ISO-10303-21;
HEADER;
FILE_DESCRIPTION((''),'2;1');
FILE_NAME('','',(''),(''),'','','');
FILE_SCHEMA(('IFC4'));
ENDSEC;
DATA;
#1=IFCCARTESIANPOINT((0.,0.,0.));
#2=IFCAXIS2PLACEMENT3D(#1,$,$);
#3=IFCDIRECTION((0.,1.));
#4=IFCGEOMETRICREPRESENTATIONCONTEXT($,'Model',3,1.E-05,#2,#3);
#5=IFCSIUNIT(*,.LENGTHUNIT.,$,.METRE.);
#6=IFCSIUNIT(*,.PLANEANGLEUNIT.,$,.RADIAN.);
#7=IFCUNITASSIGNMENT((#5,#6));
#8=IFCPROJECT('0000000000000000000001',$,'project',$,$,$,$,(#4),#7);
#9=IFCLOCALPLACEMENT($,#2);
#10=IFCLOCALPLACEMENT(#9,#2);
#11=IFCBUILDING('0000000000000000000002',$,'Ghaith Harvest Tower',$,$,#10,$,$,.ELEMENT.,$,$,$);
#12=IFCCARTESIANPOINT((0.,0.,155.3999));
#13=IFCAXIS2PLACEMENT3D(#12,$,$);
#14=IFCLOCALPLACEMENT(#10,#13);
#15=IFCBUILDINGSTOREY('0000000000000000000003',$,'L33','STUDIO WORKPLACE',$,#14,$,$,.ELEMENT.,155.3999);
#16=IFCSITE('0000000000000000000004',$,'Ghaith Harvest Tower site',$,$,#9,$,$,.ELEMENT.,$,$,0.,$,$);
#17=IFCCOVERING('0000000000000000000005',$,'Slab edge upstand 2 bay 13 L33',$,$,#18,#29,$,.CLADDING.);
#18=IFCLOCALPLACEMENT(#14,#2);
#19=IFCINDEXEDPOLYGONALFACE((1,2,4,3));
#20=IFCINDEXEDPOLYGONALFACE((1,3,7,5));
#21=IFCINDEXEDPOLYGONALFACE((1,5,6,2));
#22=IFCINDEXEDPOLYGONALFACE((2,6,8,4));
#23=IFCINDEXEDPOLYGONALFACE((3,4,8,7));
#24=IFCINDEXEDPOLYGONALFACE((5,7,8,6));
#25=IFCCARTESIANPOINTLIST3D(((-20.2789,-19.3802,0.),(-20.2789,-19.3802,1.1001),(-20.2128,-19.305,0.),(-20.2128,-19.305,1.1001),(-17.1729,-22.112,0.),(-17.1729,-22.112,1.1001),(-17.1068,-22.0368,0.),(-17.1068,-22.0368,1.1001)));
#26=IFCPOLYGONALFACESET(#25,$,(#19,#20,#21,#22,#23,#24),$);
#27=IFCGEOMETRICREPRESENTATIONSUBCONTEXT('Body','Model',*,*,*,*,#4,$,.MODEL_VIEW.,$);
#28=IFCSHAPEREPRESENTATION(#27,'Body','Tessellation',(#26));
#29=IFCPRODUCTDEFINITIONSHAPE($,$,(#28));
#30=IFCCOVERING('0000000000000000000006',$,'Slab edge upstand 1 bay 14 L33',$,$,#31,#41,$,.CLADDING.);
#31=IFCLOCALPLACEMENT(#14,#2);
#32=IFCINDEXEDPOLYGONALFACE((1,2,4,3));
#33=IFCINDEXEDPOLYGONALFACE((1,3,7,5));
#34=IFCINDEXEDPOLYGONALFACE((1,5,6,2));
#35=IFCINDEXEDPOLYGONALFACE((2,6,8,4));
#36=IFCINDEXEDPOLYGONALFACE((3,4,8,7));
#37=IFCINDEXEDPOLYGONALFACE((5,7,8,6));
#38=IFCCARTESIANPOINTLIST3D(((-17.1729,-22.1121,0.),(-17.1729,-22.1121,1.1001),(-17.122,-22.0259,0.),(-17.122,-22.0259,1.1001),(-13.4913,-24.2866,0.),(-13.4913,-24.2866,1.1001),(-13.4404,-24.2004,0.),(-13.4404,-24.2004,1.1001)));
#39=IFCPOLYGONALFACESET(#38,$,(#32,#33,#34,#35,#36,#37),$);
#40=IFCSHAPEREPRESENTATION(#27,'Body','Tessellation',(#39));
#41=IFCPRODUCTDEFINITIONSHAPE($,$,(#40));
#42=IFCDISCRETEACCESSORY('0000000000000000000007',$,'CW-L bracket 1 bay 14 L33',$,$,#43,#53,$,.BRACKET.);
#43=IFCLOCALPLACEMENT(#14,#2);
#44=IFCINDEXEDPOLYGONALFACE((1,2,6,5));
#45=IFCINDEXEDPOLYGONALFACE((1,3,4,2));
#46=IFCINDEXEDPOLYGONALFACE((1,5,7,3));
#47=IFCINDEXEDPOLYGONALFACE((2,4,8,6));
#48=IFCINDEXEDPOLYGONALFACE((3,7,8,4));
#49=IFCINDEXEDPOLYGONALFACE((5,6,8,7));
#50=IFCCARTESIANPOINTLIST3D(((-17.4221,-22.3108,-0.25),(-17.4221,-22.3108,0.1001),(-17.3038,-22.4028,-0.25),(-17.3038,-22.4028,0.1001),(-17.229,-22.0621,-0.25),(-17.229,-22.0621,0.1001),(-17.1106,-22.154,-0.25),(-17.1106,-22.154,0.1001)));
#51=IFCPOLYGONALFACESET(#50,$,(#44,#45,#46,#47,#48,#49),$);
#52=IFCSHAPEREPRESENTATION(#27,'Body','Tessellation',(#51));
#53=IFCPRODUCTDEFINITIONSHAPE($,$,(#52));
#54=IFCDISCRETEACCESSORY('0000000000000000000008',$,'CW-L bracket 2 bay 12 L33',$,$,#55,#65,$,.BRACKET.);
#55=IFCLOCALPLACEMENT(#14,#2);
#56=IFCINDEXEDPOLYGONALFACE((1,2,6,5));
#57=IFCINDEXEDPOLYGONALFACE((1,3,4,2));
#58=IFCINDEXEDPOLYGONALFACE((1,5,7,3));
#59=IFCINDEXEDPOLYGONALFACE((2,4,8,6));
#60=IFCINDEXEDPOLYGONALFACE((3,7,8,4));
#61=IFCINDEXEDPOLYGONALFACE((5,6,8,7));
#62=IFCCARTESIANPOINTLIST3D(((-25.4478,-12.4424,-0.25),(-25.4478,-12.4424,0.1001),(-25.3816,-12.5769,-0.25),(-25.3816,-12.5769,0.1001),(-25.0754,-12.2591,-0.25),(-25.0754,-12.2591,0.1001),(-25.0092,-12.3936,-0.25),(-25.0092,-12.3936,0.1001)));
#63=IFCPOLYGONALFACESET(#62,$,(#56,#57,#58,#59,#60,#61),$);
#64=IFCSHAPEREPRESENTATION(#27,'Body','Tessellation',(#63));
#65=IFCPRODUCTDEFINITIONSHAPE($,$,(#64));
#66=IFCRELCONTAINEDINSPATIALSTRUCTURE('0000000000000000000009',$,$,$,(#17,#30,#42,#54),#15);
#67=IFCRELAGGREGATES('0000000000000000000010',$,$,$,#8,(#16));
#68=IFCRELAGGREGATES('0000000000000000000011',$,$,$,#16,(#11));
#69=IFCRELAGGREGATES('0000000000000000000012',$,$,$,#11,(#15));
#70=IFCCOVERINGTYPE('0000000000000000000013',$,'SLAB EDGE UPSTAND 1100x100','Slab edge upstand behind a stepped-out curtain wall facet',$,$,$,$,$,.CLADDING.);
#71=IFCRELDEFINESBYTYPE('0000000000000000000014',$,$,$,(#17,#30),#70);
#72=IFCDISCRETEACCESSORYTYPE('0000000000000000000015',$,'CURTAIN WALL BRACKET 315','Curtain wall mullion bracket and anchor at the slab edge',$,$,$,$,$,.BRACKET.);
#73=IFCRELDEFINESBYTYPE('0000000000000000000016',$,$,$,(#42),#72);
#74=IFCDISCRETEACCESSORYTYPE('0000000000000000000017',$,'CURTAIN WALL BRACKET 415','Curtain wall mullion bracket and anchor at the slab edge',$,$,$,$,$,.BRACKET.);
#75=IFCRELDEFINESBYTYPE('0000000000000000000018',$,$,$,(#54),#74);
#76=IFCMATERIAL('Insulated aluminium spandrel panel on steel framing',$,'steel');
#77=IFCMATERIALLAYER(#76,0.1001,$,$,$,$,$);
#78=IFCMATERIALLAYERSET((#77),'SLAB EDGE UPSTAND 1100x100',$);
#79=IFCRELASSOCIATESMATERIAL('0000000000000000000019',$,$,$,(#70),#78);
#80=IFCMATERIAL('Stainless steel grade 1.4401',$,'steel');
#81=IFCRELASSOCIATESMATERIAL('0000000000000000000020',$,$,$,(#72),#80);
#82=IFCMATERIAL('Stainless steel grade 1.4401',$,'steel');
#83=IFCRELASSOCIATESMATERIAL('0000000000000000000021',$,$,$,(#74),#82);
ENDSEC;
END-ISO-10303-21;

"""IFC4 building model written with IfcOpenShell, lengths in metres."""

from ifc_helpers import new_model, si_unit, direction, frame, origin, origin_2d, place, context, subcontext, project, spatial, rectangle, extrude, material, layer, layer_set, type_object, element, save


model = new_model("IFC4")

# Units and contexts
model_context = context("Model", 3, precision=1e-05, world=origin(), true_north=direction((0.0, 1.0)))
body_context = subcontext(model_context, "Body", "Model", "MODEL_VIEW")
ifc_project = project(units=[si_unit("LENGTHUNIT", "METRE"), si_unit("PLANEANGLEUNIT", "RADIAN")], contexts=[model_context])

# Site, building, storey
site_placement = place(None, origin())
site = spatial("IfcSite", under=ifc_project, at=site_placement, Name="Ghaith Harvest Tower site", CompositionType="ELEMENT", RefElevation=0.0)
building_placement = place(site_placement, origin())
building = spatial("IfcBuilding", under=site, at=building_placement, Name="Ghaith Harvest Tower", CompositionType="ELEMENT")
storey_placement = place(building_placement, frame((0.0, 0.0, 155.3999)))
storey = spatial("IfcBuildingStorey", under=building, at=storey_placement, Name="L33", Description="STUDIO WORKPLACE", CompositionType="ELEMENT", Elevation=155.3999)

# Coverings
ifc_material_1 = material(Name="Insulated aluminium spandrel panel on steel framing", Category="steel")
ifc_layer_1 = layer(ifc_material_1, 0.1001)
ifc_layer_set_1 = layer_set([ifc_layer_1], Name="SLAB EDGE UPSTAND 1100x100")
covering_type = type_object("IfcCoveringType", Name="SLAB EDGE UPSTAND 1100x100", Description="Slab edge upstand behind a stepped-out curtain wall facet", PredefinedType="CLADDING", material=ifc_layer_set_1)
covering_1_placement = place(storey_placement, frame((-18.6929, -20.7085, 0.0), z_axis=(0.0, 0.0, 1.0), x_axis=(0.750892, -0.660425, 0.0)))
element("IfcCovering", 1, at=covering_1_placement, inside=storey, type_object=covering_type, Name="Slab edge upstand 2 bay 13 L33", PredefinedType="CLADDING", context=body_context, shape_type="SweptSolid", body=[
    extrude(rectangle(XDim=4.1365, YDim=0.1001, at=origin_2d()), origin(), (0.0, 0.0, 1.0), 1.1001),
])
covering_2_placement = place(storey_placement, frame((-15.3066, -23.1562, 0.0), z_axis=(0.0, 0.0, 1.0), x_axis=(0.861021, -0.50857, 0.0)))
element("IfcCovering", 2, at=covering_2_placement, inside=storey, type_object=covering_type, Name="Slab edge upstand 1 bay 14 L33", PredefinedType="CLADDING", context=body_context, shape_type="SweptSolid", body=[
    extrude(rectangle(XDim=4.2759, YDim=0.1001, at=origin_2d()), origin(), (0.0, 0.0, 1.0), 1.1001),
])

# Discrete accessories
ifc_material_2 = material(Name="Stainless steel grade 1.4401", Category="steel")
discrete_accessory_type_1 = type_object("IfcDiscreteAccessoryType", Name="CURTAIN WALL BRACKET 315", Description="Curtain wall mullion bracket and anchor at the slab edge", PredefinedType="BRACKET", material=ifc_material_2)
discrete_accessory_1_placement = place(storey_placement, frame((-17.2664, -22.2324, -0.25), z_axis=(0.0, 0.0, 1.0), x_axis=(-0.613378, -0.78979, 0.0)))
element("IfcDiscreteAccessory", 3, at=discrete_accessory_1_placement, inside=storey, type_object=discrete_accessory_type_1, Name="CW-L bracket 1 bay 14 L33", PredefinedType="BRACKET", context=body_context, shape_type="SweptSolid", body=[
    extrude(rectangle(XDim=0.3149, YDim=0.1499, at=origin_2d()), origin(), (0.0, 0.0, 1.0), 0.3501),
])
ifc_material_3 = material(Name="Stainless steel grade 1.4401", Category="steel")
discrete_accessory_type_2 = type_object("IfcDiscreteAccessoryType", Name="CURTAIN WALL BRACKET 415", Description="Curtain wall mullion bracket and anchor at the slab edge", PredefinedType="BRACKET", material=ifc_material_3)
discrete_accessory_2_placement = place(storey_placement, frame((-25.2285, -12.418, -0.25), z_axis=(0.0, 0.0, 1.0), x_axis=(-0.897201, -0.441622, 0.0)))
element("IfcDiscreteAccessory", 4, at=discrete_accessory_2_placement, inside=storey, type_object=discrete_accessory_type_2, Name="CW-L bracket 2 bay 12 L33", PredefinedType="BRACKET", context=body_context, shape_type="SweptSolid", body=[
    extrude(rectangle(XDim=0.415, YDim=0.1499, at=origin_2d()), origin(), (0.0, 0.0, 1.0), 0.3501),
])

save(model, "model.ifc")
